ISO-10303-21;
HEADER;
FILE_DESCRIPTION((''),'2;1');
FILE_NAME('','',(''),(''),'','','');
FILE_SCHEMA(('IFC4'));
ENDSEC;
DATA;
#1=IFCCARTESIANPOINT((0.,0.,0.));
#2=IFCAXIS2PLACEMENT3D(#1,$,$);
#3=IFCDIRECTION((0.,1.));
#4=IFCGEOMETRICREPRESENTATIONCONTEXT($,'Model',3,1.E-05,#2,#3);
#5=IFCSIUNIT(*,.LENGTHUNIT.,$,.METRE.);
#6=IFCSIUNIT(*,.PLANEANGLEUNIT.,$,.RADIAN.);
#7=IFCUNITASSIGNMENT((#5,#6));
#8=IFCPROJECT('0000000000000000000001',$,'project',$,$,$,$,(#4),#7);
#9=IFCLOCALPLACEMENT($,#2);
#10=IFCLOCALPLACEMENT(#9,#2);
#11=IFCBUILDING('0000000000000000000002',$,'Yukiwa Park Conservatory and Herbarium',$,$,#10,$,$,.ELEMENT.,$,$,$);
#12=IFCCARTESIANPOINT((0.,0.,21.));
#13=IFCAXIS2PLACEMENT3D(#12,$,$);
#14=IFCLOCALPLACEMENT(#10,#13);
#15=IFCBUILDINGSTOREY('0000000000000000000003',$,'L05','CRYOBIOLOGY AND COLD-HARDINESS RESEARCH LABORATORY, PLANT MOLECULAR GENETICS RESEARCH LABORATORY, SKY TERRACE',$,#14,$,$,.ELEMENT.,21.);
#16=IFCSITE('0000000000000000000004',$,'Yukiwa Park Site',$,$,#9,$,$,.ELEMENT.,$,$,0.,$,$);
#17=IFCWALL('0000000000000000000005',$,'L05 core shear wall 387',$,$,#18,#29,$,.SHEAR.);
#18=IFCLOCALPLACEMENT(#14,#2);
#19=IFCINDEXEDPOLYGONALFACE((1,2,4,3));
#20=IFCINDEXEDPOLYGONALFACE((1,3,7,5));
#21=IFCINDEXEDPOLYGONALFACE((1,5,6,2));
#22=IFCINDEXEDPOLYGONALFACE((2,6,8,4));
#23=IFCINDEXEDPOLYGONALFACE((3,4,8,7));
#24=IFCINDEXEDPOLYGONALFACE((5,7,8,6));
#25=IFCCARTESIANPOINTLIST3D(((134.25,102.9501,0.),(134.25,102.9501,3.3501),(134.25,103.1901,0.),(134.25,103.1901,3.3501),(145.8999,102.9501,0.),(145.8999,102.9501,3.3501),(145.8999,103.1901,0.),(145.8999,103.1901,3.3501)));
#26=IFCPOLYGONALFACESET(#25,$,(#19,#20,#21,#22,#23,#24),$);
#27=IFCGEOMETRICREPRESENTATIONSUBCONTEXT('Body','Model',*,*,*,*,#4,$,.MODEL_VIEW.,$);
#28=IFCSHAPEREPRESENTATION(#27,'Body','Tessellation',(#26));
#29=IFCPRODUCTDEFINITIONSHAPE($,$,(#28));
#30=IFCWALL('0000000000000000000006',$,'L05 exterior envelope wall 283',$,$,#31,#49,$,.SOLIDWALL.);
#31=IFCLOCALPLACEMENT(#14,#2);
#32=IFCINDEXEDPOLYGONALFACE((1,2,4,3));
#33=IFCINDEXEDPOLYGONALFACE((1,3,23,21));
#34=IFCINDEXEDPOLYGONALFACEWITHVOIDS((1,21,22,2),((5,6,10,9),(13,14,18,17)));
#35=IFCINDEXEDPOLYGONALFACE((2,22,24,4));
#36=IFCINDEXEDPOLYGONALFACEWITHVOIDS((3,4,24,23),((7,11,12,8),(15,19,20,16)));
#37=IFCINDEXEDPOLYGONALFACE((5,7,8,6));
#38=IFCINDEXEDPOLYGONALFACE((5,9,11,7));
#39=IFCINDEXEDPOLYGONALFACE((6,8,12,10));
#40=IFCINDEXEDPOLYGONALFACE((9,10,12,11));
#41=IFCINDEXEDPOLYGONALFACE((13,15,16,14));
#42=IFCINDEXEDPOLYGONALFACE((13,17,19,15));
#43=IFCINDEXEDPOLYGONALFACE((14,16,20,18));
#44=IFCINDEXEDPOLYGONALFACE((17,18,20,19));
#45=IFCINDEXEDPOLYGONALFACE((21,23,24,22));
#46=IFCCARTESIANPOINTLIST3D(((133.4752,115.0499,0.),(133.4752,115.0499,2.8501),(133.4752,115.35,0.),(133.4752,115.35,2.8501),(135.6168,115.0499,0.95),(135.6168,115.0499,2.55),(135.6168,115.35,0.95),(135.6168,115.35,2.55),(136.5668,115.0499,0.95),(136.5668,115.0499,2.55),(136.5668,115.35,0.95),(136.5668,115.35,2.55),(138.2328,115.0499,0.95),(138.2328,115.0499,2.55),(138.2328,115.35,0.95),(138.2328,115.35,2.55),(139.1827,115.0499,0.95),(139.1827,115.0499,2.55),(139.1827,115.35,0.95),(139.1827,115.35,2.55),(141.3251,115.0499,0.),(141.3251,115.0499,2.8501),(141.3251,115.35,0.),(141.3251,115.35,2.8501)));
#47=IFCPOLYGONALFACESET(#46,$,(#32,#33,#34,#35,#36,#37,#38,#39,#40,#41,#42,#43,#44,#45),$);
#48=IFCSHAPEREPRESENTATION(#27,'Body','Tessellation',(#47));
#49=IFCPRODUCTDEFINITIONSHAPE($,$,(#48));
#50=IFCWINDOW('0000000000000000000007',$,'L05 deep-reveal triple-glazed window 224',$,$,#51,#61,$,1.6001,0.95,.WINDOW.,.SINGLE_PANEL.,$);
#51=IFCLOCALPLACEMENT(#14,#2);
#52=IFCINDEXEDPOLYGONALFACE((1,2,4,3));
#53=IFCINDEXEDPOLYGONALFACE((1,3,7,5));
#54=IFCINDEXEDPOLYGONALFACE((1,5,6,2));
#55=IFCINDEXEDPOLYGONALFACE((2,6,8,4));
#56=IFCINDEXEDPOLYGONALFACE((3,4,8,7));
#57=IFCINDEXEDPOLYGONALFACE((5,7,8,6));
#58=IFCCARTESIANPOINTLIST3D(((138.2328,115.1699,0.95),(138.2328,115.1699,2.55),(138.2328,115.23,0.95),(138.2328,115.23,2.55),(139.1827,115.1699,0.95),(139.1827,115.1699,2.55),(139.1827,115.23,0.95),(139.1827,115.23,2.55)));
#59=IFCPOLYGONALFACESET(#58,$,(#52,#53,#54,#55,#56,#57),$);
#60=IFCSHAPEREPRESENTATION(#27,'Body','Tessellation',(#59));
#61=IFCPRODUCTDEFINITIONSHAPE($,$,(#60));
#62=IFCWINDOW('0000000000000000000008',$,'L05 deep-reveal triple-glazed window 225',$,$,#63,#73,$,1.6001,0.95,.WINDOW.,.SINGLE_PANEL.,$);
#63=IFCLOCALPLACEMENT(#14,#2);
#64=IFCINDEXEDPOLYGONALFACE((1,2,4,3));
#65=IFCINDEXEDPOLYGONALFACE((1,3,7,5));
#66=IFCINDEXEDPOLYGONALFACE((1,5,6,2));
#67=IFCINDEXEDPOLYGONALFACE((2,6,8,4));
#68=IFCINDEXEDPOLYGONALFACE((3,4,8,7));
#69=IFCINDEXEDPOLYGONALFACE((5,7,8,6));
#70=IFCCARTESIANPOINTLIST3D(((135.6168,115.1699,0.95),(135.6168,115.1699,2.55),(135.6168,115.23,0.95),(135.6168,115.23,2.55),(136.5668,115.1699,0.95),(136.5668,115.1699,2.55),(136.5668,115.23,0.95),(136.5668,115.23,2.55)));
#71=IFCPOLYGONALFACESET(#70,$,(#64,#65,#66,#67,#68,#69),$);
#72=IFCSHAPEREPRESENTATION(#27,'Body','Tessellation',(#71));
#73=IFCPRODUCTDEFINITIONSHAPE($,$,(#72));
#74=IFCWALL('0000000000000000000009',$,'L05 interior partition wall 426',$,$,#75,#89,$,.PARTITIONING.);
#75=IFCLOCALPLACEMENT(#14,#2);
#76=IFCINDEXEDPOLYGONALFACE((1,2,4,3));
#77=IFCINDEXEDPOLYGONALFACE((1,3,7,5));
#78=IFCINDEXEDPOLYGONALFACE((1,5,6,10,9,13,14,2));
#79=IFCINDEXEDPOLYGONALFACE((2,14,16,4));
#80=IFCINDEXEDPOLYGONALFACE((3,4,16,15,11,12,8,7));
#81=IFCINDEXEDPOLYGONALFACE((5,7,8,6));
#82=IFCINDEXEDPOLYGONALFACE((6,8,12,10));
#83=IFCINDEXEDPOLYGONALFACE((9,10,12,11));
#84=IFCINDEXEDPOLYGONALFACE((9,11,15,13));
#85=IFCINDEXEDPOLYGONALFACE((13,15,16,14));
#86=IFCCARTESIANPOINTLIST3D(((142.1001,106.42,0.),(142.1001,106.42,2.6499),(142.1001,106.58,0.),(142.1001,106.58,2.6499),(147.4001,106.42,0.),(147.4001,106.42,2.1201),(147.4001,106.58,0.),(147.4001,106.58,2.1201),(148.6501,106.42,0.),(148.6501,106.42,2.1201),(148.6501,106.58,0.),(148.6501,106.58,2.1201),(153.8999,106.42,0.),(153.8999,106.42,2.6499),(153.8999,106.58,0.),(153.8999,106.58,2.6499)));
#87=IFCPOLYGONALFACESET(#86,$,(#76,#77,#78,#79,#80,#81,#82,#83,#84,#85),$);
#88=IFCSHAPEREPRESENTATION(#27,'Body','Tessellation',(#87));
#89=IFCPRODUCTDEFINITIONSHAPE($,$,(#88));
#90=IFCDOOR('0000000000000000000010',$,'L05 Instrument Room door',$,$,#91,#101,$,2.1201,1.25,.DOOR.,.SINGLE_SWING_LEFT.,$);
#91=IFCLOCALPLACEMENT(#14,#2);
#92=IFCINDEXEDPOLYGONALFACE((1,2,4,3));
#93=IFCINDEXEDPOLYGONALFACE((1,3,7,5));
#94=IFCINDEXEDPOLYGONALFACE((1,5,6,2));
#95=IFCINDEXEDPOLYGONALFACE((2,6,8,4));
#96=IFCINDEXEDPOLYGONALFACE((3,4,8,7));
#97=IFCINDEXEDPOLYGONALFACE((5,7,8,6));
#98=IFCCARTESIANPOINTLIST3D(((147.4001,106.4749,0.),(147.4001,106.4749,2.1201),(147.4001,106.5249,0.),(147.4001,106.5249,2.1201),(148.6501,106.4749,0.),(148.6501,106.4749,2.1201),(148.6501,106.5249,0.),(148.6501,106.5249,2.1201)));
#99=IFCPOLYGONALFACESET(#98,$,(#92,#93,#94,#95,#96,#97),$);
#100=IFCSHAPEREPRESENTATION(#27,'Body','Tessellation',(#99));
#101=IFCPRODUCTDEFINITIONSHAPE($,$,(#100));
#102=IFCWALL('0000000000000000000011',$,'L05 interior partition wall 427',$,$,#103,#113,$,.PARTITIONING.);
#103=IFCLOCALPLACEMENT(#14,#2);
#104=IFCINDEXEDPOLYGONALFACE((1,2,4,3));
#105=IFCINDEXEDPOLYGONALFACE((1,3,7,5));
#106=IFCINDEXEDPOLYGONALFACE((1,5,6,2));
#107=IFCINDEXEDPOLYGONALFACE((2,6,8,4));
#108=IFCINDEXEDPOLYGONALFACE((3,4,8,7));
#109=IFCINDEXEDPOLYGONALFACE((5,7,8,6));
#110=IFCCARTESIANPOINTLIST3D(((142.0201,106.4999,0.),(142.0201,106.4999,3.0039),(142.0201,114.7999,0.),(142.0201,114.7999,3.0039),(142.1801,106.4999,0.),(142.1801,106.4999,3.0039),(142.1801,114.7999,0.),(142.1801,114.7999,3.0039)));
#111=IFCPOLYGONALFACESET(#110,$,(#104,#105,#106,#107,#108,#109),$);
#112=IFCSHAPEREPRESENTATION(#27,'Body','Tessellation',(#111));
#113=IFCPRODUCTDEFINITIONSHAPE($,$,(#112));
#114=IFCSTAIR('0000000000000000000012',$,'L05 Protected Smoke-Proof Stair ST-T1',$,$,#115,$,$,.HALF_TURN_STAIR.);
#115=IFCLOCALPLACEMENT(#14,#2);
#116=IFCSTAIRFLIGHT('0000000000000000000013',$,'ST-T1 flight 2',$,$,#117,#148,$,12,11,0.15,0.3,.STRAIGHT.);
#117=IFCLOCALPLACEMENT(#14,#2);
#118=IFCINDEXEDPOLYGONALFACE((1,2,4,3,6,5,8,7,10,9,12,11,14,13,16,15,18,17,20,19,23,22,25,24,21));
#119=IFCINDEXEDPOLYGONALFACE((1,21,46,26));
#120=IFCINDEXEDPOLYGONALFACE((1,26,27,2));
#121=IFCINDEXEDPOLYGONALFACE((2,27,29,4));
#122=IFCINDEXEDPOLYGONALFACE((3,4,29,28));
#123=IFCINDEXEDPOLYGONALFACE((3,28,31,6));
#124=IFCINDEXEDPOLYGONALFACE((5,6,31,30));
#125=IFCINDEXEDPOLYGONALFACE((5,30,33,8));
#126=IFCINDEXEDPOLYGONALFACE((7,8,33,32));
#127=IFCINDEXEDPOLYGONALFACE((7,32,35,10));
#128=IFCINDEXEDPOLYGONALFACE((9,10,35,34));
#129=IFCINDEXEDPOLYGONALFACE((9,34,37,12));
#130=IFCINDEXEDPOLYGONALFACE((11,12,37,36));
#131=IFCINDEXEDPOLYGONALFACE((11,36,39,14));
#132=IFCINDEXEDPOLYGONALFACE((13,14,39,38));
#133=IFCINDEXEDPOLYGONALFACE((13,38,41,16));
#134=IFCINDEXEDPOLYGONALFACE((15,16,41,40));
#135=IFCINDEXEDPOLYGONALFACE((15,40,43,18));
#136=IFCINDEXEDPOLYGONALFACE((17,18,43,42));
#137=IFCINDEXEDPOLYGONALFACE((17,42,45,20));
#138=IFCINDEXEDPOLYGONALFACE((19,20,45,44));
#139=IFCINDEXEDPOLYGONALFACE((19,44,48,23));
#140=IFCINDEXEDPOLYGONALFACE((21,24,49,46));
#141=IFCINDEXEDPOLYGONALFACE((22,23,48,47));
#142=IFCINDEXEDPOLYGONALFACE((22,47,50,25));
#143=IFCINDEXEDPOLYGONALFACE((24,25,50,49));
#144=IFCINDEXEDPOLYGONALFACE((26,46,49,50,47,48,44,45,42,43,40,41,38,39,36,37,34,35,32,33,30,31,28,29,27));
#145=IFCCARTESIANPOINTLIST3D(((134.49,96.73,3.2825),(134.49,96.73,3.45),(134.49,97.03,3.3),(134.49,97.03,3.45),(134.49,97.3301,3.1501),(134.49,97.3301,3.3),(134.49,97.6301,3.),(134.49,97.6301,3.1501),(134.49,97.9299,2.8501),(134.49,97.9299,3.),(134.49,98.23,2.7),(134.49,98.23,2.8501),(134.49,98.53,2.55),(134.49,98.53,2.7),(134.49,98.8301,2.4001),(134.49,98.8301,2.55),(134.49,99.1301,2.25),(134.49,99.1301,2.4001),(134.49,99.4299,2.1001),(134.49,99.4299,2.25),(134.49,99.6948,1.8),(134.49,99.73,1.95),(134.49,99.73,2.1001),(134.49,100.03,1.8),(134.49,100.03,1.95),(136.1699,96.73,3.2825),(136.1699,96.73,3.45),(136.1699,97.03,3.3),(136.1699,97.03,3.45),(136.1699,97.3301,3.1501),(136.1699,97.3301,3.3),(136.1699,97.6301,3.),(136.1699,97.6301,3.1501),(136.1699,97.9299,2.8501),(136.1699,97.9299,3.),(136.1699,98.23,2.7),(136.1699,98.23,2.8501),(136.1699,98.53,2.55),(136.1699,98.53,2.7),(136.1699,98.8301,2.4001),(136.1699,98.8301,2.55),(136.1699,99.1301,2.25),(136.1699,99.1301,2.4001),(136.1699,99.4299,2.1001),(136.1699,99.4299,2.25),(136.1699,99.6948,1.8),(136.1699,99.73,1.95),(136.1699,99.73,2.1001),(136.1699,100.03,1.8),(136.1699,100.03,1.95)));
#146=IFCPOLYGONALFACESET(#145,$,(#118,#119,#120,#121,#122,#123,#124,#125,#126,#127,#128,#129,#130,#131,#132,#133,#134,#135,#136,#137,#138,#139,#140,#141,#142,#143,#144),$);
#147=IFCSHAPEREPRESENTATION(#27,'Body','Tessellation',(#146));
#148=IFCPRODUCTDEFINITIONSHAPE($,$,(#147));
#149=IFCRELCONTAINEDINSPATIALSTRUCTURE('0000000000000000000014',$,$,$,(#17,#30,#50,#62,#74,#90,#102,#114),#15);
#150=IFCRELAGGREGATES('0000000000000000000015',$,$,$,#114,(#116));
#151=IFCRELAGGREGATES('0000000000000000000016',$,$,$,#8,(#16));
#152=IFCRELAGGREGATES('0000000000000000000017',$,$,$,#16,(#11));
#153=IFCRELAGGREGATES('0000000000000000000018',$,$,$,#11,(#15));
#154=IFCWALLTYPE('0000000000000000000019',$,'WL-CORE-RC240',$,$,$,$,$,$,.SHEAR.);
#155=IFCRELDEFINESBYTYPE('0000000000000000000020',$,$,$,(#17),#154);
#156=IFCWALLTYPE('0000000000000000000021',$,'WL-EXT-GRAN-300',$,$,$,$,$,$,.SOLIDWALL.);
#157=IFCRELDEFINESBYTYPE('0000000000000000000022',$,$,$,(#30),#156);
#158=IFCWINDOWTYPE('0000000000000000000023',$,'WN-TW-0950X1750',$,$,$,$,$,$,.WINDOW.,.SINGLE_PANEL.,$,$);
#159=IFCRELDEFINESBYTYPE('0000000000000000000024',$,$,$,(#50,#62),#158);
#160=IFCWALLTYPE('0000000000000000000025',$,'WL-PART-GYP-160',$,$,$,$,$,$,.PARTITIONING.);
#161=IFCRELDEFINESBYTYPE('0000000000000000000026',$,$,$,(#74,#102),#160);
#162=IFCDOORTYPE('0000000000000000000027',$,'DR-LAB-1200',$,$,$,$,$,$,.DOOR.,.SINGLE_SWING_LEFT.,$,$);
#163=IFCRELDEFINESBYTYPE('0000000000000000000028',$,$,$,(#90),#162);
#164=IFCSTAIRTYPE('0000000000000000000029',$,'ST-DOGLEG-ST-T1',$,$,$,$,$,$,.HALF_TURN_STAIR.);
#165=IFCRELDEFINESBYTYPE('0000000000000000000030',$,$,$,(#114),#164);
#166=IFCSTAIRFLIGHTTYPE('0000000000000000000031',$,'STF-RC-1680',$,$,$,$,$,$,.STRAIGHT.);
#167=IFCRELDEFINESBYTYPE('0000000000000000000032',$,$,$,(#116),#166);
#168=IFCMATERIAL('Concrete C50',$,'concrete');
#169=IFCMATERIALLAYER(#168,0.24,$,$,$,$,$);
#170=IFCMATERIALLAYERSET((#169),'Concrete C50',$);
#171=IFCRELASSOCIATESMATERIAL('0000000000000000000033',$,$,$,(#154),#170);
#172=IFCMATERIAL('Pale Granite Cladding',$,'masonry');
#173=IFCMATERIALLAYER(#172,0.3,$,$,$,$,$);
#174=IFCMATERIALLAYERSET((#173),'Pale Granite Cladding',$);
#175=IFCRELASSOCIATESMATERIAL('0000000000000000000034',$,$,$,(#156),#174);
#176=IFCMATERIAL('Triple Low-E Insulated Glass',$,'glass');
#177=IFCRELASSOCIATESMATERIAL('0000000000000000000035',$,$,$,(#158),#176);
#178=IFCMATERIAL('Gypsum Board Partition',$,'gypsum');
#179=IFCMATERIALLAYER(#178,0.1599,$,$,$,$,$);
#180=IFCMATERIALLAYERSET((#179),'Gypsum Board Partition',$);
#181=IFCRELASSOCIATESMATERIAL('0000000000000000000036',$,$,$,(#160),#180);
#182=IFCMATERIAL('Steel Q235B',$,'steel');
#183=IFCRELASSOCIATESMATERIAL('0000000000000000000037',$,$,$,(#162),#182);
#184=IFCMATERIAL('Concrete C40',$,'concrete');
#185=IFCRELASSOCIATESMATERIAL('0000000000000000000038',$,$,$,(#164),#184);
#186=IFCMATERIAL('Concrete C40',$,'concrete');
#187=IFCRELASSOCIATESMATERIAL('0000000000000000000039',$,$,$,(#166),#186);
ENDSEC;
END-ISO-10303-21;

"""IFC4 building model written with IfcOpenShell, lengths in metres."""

from ifc_helpers import new_model, si_unit, direction, frame, frame_2d, origin, place, context, subcontext, project, spatial, polyline, rectangle, outline, extrude, material, layer, layer_set, type_object, element, fill, aggregate, save


model = new_model("IFC4")

# Units and contexts
model_context = context("Model", 3, precision=1e-05, world=origin(), true_north=direction((0.0, 1.0)))
body_context = subcontext(model_context, "Body", "Model", "MODEL_VIEW")
ifc_project = project(units=[si_unit("LENGTHUNIT", "METRE"), si_unit("PLANEANGLEUNIT", "RADIAN")], contexts=[model_context])

# Site, building, storey
site_placement = place(None, origin())
site = spatial("IfcSite", under=ifc_project, at=site_placement, Name="Yukiwa Park Site", CompositionType="ELEMENT", RefElevation=0.0)
building_placement = place(site_placement, origin())
building = spatial("IfcBuilding", under=site, at=building_placement, Name="Yukiwa Park Conservatory and Herbarium", CompositionType="ELEMENT")
storey_placement = place(building_placement, frame((0.0, 0.0, 21.0)))
storey = spatial("IfcBuildingStorey", under=building, at=storey_placement, Name="L05", Description="CRYOBIOLOGY AND COLD-HARDINESS RESEARCH LABORATORY, PLANT MOLECULAR GENETICS RESEARCH LABORATORY, SKY TERRACE", CompositionType="ELEMENT", Elevation=21.0)

# Wall
ifc_material_1 = material(Name="Concrete C50", Category="concrete")
ifc_layer_1 = layer(ifc_material_1, 0.24)
ifc_layer_set_1 = layer_set([ifc_layer_1], Name="Concrete C50")
wall_type_1 = type_object("IfcWallType", Name="WL-CORE-RC240", PredefinedType="SHEAR", material=ifc_layer_set_1)
wall_1_placement = place(storey_placement, frame((134.25, 103.0701, 0.0), z_axis=(0.0, 0.0, 1.0), x_axis=(1.0, 0.0, 0.0)))
element("IfcWall", 1, at=wall_1_placement, inside=storey, type_object=wall_type_1, Name="L05 core shear wall 387", PredefinedType="SHEAR", context=body_context, shape_type="SweptSolid", body=[
    extrude(rectangle(XDim=11.6499, YDim=0.24, at=frame_2d((5.825, 0.0))), origin(), (0.0, 0.0, 1.0), 3.3501),
])

# Wall, openings, windows
ifc_material_2 = material(Name="Pale Granite Cladding", Category="masonry")
ifc_layer_2 = layer(ifc_material_2, 0.3)
ifc_layer_set_2 = layer_set([ifc_layer_2], Name="Pale Granite Cladding")
wall_type_2 = type_object("IfcWallType", Name="WL-EXT-GRAN-300", PredefinedType="SOLIDWALL", material=ifc_layer_set_2)
wall_2_placement = place(storey_placement, frame((141.325, 115.2, 0.0), z_axis=(0.0, 0.0, 1.0), x_axis=(-1.0, 0.0, 0.0)))
wall_2 = element("IfcWall", 2, at=wall_2_placement, inside=storey, type_object=wall_type_2, Name="L05 exterior envelope wall 283", PredefinedType="SOLIDWALL", context=body_context, shape_type="SweptSolid", body=[
    extrude(rectangle(XDim=7.8499, YDim=0.3, at=frame_2d((3.9248, 0.0))), origin(), (0.0, 0.0, 1.0), 2.8501),
])
opening_1_placement = place(wall_2_placement, frame((2.1421, 0.0, 0.95)))
opening_1 = element("IfcOpeningElement", 3, at=opening_1_placement, cuts=wall_2, PredefinedType="OPENING", context=body_context, shape_type="SweptSolid", body=[
    extrude(rectangle(XDim=0.95, YDim=1.6001, at=frame_2d((0.4751, 0.8))), frame((0.0, 0.1602, 0.0), z_axis=(0.0, -1.0, 0.0), x_axis=(1.0, 0.0, 0.0)), (0.0, 0.0, 1.0), 0.3201),
])
opening_2_placement = place(wall_2_placement, frame((4.7581, 0.0, 0.95)))
opening_2 = element("IfcOpeningElement", 4, at=opening_2_placement, cuts=wall_2, PredefinedType="OPENING", context=body_context, shape_type="SweptSolid", body=[
    extrude(rectangle(XDim=0.95, YDim=1.6001, at=frame_2d((0.4751, 0.8))), frame((0.0, 0.1602, 0.0), z_axis=(0.0, -1.0, 0.0), x_axis=(1.0, 0.0, 0.0)), (0.0, 0.0, 1.0), 0.3201),
])
ifc_material_3 = material(Name="Triple Low-E Insulated Glass", Category="glass")
window_type = type_object("IfcWindowType", Name="WN-TW-0950X1750", PartitioningType="SINGLE_PANEL", PredefinedType="WINDOW", material=ifc_material_3)
window_1_placement = place(opening_1_placement, origin())
window_1 = element("IfcWindow", 5, at=window_1_placement, inside=storey, type_object=window_type, Name="L05 deep-reveal triple-glazed window 224", OverallHeight=1.6001, OverallWidth=0.95, PartitioningType="SINGLE_PANEL", PredefinedType="WINDOW", context=body_context, shape_type="SweptSolid", body=[
    extrude(rectangle(XDim=0.95, YDim=1.6001, at=frame_2d((0.4751, 0.8))), frame((0.0, 0.03, 0.0), z_axis=(0.0, -1.0, 0.0), x_axis=(1.0, 0.0, 0.0)), (0.0, 0.0, 1.0), 0.0601),
])
fill(opening_1, window_1)
window_2_placement = place(opening_2_placement, origin())
window_2 = element("IfcWindow", 6, at=window_2_placement, inside=storey, type_object=window_type, Name="L05 deep-reveal triple-glazed window 225", OverallHeight=1.6001, OverallWidth=0.95, PartitioningType="SINGLE_PANEL", PredefinedType="WINDOW", context=body_context, shape_type="SweptSolid", body=[
    extrude(rectangle(XDim=0.95, YDim=1.6001, at=frame_2d((0.4751, 0.8))), frame((0.0, 0.03, 0.0), z_axis=(0.0, -1.0, 0.0), x_axis=(1.0, 0.0, 0.0)), (0.0, 0.0, 1.0), 0.0601),
])
fill(opening_2, window_2)

# Wall, opening, door
ifc_material_4 = material(Name="Gypsum Board Partition", Category="gypsum")
ifc_layer_3 = layer(ifc_material_4, 0.1599)
ifc_layer_set_3 = layer_set([ifc_layer_3], Name="Gypsum Board Partition")
wall_type_3 = type_object("IfcWallType", Name="WL-PART-GYP-160", PredefinedType="PARTITIONING", material=ifc_layer_set_3)
wall_3_placement = place(storey_placement, frame((142.1001, 106.5, 0.0), z_axis=(0.0, 0.0, 1.0), x_axis=(1.0, 0.0, 0.0)))
wall_3 = element("IfcWall", 7, at=wall_3_placement, inside=storey, type_object=wall_type_3, Name="L05 interior partition wall 426", PredefinedType="PARTITIONING", context=body_context, shape_type="SweptSolid", body=[
    extrude(rectangle(XDim=11.7998, YDim=0.1599, at=frame_2d((5.8999, 0.0))), origin(), (0.0, 0.0, 1.0), 2.6499),
])
opening_3_placement = place(wall_3_placement, frame((5.3, 0.0, 0.0)))
opening_3 = element("IfcOpeningElement", 8, at=opening_3_placement, cuts=wall_3, PredefinedType="OPENING", context=body_context, shape_type="SweptSolid", body=[
    extrude(rectangle(XDim=1.25, YDim=2.1201, at=frame_2d((0.625, 1.0601))), frame((0.0, 0.0898, 0.0), z_axis=(0.0, -1.0, 0.0), x_axis=(1.0, 0.0, 0.0)), (0.0, 0.0, 1.0), 0.1799),
])
ifc_material_5 = material(Name="Steel Q235B", Category="steel")
door_type_1 = type_object("IfcDoorType", Name="DR-LAB-1200", OperationType="SINGLE_SWING_LEFT", PredefinedType="DOOR", material=ifc_material_5)
door_1_placement = place(opening_3_placement, origin())
door_1 = element("IfcDoor", 9, at=door_1_placement, inside=storey, type_object=door_type_1, Name="L05 Instrument Room door", OperationType="SINGLE_SWING_LEFT", OverallHeight=2.1201, OverallWidth=1.25, PredefinedType="DOOR", context=body_context, shape_type="SweptSolid", body=[
    extrude(rectangle(XDim=1.25, YDim=2.1201, at=frame_2d((0.625, 1.0601))), frame((0.0, 0.0249, 0.0), z_axis=(0.0, -1.0, 0.0), x_axis=(1.0, 0.0, 0.0)), (0.0, 0.0, 1.0), 0.05),
])
fill(opening_3, door_1)

# Wall
wall_4_placement = place(storey_placement, frame((142.1001, 106.5, 0.0), z_axis=(0.0, 0.0, 1.0), x_axis=(0.0, 1.0, 0.0)))
element("IfcWall", 10, at=wall_4_placement, inside=storey, type_object=wall_type_3, Name="L05 interior partition wall 427", PredefinedType="PARTITIONING", context=body_context, shape_type="SweptSolid", body=[
    extrude(rectangle(XDim=8.3, YDim=0.1599, at=frame_2d((4.1499, 0.0))), origin(), (0.0, 0.0, 1.0), 3.0039),
])

# Stair, stair flight
ifc_material_6 = material(Name="Concrete C40", Category="concrete")
stair_type = type_object("IfcStairType", Name="ST-DOGLEG-ST-T1", PredefinedType="HALF_TURN_STAIR", material=ifc_material_6)
stair_placement = place(storey_placement, origin())
stair = element("IfcStair", 11, at=stair_placement, inside=storey, type_object=stair_type, Name="L05 Protected Smoke-Proof Stair ST-T1", PredefinedType="HALF_TURN_STAIR")
ifc_material_7 = material(Name="Concrete C40", Category="concrete")
stair_flight_type = type_object("IfcStairFlightType", Name="STF-RC-1680", PredefinedType="STRAIGHT", material=ifc_material_7)
stair_flight_placement = place(storey_placement, frame((135.3301, 100.03, 1.8), z_axis=(0.0, 0.0, 1.0), x_axis=(0.0, -1.0, 0.0)))
stair_flight = element("IfcStairFlight", 12, at=stair_flight_placement, type_object=stair_flight_type, Name="ST-T1 flight 2", NumberOfRisers=12, NumberOfTreads=11, PredefinedType="STRAIGHT", RiserHeight=0.15, TreadLength=0.3, context=body_context, shape_type="SweptSolid", body=[
    extrude(outline(polyline([(0.0, 0.0), (0.0, 0.1499), (0.3, 0.1499), (0.3, 0.3), (0.6001, 0.3), (0.6001, 0.45), (0.8999, 0.45), (0.8999, 0.6001), (1.2, 0.6001), (1.2, 0.75), (1.5, 0.75), (1.5, 0.8999), (1.8, 0.8999), (1.8, 1.05), (2.1001, 1.05), (2.1001, 1.2), (2.3999, 1.2), (2.3999, 1.3501), (2.7, 1.3501), (2.7, 1.5), (3.0, 1.5), (3.0, 1.6499), (3.3, 1.6499), (3.3, 1.8), (3.3, 1.4824), (0.3352, 0.0), (0.0, 0.0)])), frame((0.0, 0.8398, 0.0), z_axis=(0.0, -1.0, 0.0), x_axis=(1.0, 0.0, 0.0)), (0.0, 0.0, 1.0), 1.6799),
])
aggregate(stair, [stair_flight])

save(model, "model.ifc")
